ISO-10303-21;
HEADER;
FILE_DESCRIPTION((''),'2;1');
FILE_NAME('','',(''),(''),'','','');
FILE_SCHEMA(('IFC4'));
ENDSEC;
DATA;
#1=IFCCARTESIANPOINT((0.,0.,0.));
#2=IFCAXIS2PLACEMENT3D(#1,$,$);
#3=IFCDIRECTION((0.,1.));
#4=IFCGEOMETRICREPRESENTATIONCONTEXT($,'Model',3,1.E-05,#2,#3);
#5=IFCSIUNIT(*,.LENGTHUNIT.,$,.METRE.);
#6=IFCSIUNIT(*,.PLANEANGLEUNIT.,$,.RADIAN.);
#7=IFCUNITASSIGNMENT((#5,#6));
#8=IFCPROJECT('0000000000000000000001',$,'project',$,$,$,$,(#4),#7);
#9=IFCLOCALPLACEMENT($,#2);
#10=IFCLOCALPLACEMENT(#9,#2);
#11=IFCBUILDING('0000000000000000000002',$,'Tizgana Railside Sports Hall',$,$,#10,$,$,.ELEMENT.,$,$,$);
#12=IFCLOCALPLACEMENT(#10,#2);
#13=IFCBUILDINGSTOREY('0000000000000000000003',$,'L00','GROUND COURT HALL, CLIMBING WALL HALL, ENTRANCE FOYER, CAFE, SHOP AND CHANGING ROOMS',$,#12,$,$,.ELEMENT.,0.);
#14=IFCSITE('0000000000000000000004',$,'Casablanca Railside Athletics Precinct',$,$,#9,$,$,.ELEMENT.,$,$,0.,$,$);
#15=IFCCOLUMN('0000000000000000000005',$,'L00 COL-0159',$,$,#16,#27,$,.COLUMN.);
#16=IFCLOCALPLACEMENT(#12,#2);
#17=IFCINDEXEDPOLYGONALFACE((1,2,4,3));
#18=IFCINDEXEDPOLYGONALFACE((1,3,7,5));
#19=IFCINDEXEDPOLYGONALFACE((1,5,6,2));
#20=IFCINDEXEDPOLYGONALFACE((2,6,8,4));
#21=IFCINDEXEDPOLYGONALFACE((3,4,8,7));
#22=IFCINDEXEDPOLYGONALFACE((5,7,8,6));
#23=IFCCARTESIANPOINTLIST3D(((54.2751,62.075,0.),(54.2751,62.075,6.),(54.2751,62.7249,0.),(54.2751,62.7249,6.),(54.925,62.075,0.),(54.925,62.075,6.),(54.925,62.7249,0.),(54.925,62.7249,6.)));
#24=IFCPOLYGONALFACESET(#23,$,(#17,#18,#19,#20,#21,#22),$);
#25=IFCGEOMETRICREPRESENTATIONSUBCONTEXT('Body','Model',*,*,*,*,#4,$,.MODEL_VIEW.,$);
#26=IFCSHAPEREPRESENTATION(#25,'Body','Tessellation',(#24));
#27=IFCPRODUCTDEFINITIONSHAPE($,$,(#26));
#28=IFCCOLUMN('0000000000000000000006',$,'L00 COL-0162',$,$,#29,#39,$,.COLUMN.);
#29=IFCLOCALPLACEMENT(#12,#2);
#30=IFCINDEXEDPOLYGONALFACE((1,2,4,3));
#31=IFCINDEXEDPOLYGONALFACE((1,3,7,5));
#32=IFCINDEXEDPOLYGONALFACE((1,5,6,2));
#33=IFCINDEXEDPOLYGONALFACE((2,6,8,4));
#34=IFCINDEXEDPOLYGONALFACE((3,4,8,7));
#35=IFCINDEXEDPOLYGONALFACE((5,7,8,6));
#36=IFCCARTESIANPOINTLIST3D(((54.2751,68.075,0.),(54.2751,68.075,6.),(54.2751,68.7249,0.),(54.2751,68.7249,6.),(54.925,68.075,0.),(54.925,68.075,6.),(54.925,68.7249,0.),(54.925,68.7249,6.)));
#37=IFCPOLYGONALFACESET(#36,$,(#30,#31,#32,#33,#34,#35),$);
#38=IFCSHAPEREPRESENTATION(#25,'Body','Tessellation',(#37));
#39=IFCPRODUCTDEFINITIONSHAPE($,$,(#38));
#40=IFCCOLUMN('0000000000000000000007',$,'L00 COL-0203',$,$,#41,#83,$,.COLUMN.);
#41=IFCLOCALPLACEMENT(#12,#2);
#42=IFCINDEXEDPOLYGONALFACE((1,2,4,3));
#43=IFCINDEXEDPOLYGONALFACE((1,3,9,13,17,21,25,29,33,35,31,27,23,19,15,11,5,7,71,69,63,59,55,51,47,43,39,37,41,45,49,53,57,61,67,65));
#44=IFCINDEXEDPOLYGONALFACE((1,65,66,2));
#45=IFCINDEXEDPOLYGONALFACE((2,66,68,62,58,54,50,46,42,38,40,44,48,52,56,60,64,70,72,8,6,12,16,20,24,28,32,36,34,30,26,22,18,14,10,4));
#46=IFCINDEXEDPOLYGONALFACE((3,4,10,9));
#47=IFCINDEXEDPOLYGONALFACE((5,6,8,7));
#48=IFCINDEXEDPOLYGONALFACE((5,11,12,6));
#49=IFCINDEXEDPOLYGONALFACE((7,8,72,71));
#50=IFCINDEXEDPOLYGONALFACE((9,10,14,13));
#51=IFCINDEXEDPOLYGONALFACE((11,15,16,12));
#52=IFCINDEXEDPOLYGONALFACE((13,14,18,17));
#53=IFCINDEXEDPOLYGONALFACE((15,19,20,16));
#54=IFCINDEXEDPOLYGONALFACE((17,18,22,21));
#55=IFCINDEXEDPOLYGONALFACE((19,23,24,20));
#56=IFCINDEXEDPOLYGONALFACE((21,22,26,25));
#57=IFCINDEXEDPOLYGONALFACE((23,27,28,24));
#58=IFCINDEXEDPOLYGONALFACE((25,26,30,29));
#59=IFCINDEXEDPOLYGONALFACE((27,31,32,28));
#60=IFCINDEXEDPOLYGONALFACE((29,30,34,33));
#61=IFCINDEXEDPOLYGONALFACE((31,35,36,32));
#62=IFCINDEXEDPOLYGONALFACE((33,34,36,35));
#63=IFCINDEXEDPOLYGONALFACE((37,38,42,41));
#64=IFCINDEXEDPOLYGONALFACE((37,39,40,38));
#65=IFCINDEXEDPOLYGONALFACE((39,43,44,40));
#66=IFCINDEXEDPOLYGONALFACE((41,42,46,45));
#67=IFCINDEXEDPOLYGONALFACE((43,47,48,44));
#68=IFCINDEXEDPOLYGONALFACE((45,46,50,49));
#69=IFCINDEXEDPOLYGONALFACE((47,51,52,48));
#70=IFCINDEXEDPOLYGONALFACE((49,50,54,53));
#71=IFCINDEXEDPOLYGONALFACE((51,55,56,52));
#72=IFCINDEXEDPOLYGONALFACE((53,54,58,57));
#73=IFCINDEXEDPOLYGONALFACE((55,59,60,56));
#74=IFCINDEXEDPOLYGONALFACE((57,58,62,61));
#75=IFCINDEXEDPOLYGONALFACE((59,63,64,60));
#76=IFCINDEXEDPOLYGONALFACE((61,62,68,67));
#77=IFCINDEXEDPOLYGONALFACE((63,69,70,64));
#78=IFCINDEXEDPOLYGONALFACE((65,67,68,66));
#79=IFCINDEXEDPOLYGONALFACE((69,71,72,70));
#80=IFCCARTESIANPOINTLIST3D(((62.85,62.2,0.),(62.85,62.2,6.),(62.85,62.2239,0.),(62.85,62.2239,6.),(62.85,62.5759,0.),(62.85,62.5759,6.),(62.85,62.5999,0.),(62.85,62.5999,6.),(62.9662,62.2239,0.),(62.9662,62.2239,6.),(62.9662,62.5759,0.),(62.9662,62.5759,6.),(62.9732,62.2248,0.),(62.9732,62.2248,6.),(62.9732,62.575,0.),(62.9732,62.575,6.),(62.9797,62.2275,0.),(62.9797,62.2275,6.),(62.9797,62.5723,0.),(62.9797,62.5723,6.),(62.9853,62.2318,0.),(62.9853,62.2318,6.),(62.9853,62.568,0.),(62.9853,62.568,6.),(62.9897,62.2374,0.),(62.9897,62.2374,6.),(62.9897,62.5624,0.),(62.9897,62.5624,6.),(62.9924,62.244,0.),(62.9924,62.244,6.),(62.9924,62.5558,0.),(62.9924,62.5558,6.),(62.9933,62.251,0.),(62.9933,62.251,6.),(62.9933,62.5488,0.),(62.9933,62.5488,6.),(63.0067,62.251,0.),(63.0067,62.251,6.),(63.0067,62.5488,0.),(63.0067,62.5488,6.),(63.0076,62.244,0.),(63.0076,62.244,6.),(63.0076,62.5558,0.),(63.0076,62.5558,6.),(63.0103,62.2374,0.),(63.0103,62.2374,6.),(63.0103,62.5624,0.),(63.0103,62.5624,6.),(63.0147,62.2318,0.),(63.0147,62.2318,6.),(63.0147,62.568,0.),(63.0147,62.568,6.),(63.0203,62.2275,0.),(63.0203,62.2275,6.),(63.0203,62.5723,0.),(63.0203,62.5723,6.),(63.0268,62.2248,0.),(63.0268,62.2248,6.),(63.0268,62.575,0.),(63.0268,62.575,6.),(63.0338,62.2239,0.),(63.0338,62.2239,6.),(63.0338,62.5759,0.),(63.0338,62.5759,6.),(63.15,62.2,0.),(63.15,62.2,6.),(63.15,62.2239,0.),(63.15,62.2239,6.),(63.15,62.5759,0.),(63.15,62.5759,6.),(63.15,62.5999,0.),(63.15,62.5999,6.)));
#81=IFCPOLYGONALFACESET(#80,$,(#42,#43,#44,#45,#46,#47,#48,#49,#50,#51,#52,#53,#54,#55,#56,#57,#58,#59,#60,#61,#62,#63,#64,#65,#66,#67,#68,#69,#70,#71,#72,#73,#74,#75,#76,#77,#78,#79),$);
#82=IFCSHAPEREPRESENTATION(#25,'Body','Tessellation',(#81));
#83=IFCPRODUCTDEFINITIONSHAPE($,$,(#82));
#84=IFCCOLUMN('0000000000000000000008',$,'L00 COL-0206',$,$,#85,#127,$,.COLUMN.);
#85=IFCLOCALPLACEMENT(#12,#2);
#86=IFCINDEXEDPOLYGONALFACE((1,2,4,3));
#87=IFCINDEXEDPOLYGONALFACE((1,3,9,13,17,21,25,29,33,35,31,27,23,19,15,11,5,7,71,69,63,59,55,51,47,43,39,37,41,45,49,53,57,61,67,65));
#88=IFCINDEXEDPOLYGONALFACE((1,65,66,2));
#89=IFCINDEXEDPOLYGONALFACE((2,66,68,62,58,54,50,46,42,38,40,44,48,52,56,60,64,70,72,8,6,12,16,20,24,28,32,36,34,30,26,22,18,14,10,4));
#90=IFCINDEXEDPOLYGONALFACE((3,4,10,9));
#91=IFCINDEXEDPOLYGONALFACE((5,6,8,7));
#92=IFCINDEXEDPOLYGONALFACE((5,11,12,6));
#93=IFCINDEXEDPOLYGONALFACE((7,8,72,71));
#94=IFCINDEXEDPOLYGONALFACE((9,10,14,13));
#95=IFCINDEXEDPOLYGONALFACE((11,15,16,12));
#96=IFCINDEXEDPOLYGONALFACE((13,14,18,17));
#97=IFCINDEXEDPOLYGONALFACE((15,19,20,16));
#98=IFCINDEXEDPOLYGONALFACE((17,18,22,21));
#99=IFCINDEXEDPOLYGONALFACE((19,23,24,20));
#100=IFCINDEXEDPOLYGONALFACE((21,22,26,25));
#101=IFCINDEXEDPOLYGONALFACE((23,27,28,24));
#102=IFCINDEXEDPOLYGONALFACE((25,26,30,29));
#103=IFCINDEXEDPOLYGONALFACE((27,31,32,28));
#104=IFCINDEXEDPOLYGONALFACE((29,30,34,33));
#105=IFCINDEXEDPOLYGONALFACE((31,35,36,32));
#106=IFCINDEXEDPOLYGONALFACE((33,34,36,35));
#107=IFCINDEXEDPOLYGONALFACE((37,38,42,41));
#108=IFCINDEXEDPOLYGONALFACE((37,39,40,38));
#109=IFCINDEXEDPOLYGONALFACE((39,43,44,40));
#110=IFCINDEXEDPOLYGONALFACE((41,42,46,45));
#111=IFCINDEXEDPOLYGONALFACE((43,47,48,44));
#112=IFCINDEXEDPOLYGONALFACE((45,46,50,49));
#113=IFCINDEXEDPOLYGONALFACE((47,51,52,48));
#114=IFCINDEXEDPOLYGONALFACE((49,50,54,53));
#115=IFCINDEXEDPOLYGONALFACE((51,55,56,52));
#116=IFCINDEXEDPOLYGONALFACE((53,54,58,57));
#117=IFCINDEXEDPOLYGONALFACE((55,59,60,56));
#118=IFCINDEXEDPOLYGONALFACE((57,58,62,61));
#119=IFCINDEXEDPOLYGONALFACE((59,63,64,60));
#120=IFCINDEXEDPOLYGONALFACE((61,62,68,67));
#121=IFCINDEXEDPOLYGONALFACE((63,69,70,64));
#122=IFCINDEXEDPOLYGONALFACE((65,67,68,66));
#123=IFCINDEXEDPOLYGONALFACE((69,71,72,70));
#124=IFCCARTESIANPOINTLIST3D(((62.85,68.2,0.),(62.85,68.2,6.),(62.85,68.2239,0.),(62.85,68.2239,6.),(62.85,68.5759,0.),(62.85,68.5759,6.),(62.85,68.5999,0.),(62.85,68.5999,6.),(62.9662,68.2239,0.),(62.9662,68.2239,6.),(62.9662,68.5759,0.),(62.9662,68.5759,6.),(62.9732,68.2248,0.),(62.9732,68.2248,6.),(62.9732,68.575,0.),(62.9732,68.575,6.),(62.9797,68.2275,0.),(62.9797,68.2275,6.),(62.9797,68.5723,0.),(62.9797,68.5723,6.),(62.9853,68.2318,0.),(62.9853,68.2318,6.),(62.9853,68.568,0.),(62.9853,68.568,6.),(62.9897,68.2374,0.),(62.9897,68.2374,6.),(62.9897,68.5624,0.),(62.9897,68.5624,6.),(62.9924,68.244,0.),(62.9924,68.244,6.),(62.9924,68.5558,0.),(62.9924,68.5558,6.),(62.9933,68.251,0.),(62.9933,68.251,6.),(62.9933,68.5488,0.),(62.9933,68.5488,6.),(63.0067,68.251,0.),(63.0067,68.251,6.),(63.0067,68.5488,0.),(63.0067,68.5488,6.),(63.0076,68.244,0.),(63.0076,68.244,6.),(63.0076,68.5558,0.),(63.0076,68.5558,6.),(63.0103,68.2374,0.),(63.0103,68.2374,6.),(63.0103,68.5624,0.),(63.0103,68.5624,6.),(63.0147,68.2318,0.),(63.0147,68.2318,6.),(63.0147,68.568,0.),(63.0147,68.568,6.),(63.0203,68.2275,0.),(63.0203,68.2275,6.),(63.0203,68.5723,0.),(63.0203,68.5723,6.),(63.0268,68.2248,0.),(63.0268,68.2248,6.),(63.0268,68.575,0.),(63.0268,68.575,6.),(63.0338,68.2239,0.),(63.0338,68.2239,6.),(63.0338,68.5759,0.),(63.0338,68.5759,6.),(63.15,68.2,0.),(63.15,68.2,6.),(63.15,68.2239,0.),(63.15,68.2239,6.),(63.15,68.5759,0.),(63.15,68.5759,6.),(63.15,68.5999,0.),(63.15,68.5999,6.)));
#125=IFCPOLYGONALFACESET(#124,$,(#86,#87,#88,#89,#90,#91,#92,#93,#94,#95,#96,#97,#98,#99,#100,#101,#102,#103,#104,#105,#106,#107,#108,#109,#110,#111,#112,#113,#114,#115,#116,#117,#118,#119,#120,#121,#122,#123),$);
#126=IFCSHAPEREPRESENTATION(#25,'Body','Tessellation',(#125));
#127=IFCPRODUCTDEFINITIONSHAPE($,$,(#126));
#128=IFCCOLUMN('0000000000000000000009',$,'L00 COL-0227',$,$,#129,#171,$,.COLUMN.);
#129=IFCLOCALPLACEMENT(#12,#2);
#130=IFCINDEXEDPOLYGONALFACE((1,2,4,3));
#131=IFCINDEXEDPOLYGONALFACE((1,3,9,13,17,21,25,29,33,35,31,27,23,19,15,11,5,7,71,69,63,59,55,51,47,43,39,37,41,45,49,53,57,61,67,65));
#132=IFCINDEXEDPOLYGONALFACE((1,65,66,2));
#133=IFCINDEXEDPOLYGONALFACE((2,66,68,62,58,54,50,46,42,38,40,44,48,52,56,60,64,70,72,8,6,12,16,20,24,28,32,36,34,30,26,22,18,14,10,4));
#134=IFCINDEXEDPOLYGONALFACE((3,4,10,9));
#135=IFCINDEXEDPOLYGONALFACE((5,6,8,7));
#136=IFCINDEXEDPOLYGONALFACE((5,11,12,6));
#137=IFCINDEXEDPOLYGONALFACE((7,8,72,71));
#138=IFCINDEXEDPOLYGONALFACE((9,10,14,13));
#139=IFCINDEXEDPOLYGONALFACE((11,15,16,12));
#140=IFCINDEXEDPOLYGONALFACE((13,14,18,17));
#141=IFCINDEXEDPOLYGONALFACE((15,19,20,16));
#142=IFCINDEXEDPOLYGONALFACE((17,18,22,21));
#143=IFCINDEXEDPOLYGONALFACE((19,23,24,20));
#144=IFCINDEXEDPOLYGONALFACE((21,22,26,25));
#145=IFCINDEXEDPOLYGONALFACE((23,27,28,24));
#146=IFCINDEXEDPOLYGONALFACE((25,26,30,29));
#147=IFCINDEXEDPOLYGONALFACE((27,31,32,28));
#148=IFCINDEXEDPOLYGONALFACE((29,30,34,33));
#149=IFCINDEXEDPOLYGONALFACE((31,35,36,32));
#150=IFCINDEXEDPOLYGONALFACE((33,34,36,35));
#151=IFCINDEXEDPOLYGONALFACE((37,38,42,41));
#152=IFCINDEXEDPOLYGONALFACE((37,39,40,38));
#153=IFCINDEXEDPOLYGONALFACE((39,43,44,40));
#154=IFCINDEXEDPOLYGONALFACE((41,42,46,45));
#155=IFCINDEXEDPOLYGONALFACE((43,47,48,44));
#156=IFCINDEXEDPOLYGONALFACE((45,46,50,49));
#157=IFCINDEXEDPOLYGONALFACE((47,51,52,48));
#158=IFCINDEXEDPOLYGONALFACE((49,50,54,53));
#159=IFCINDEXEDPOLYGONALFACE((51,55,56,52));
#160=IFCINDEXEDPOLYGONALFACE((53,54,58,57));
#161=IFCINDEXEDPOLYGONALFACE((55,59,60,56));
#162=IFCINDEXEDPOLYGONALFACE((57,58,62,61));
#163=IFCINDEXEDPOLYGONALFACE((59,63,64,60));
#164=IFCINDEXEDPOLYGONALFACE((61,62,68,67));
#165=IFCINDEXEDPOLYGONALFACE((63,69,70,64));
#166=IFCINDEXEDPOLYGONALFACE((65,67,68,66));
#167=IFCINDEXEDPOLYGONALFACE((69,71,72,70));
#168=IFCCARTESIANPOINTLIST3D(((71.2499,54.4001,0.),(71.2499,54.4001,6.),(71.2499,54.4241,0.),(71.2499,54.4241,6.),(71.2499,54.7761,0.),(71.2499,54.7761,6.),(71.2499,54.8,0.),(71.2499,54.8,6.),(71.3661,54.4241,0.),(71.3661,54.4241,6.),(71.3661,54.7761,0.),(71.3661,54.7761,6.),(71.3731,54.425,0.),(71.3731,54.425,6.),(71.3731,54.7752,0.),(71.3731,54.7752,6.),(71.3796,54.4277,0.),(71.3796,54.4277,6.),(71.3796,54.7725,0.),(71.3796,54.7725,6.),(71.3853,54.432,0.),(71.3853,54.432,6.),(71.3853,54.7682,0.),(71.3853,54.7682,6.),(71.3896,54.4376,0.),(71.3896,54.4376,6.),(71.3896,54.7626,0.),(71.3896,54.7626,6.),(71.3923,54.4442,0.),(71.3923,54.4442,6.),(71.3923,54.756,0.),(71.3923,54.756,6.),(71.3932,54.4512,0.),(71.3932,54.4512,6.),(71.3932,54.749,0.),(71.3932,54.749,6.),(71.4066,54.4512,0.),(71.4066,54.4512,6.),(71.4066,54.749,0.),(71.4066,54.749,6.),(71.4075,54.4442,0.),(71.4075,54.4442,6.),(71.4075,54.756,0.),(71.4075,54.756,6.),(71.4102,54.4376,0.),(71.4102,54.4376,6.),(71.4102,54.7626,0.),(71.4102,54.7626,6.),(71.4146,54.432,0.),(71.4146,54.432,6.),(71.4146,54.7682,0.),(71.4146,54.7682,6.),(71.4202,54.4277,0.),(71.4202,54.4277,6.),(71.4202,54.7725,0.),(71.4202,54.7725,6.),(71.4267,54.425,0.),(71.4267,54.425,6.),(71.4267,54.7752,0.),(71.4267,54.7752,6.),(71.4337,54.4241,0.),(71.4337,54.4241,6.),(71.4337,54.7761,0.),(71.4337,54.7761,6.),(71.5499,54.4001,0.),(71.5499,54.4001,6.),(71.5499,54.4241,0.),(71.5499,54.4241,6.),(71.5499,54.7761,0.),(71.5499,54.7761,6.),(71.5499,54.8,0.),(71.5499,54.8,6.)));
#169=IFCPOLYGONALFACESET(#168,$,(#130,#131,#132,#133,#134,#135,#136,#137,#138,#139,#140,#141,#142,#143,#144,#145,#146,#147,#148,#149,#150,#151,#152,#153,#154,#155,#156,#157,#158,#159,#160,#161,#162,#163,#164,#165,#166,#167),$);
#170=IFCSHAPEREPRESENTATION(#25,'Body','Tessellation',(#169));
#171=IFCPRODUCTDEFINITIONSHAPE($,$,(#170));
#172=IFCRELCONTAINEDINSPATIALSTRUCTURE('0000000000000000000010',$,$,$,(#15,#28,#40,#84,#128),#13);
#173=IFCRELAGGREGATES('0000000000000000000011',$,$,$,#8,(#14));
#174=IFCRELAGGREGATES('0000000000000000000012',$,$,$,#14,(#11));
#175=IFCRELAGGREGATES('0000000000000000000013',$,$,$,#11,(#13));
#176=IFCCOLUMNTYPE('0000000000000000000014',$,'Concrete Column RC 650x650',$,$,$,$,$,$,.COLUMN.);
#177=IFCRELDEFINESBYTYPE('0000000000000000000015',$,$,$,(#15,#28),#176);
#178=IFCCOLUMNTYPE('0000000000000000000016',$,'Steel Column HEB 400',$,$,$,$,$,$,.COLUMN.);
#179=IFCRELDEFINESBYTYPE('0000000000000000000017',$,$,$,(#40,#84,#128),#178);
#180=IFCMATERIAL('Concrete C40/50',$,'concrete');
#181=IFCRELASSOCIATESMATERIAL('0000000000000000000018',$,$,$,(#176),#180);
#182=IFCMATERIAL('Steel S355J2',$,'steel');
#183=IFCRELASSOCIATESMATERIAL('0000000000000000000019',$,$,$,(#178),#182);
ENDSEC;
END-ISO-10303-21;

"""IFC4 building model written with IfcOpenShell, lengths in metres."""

from ifc_helpers import new_model, si_unit, direction, frame, origin, origin_2d, place, context, subcontext, project, spatial, rectangle, i_section, extrude, material, material_profile, profile_set, type_object, element, save


model = new_model("IFC4")

# Units and contexts
model_context = context("Model", 3, precision=1e-05, world=origin(), true_north=direction((0.0, 1.0)))
body_context = subcontext(model_context, "Body", "Model", "MODEL_VIEW")
ifc_project = project(units=[si_unit("LENGTHUNIT", "METRE"), si_unit("PLANEANGLEUNIT", "RADIAN")], contexts=[model_context])

# Site, building, storey
site_placement = place(None, origin())
site = spatial("IfcSite", under=ifc_project, at=site_placement, Name="Casablanca Railside Athletics Precinct", CompositionType="ELEMENT", RefElevation=0.0)
building_placement = place(site_placement, origin())
building = spatial("IfcBuilding", under=site, at=building_placement, Name="Tizgana Railside Sports Hall", CompositionType="ELEMENT")
storey_placement = place(building_placement, origin())
storey = spatial("IfcBuildingStorey", under=building, at=storey_placement, Name="L00", Description="GROUND COURT HALL, CLIMBING WALL HALL, ENTRANCE FOYER, CAFE, SHOP AND CHANGING ROOMS", CompositionType="ELEMENT", Elevation=0.0)

# Columns
ifc_material_1 = material(Name="Concrete C40/50", Category="concrete")
ifc_material_profile_1 = material_profile(ifc_material_1, rectangle(XDim=0.6499, YDim=0.6499, at=origin_2d()), Name="RC 650x650")
ifc_profile_set_1 = profile_set([ifc_material_profile_1], Name="Concrete C40/50")
column_type_1 = type_object("IfcColumnType", Name="Concrete Column RC 650x650", PredefinedType="COLUMN", material=ifc_profile_set_1)
for number, where, z_axis, x_axis, name in (
    (1, (54.6001, 62.3999, 0.0), (0.0, 0.0, 1.0), (1.0, 0.0, 0.0), "L00 COL-0159"),
    (2, (54.6001, 68.3999, 0.0), (0.0, 0.0, 1.0), (1.0, 0.0, 0.0), "L00 COL-0162"),
):
    element("IfcColumn", number, at=place(storey_placement, frame(where, z_axis=z_axis, x_axis=x_axis)), inside=storey, type_object=column_type_1, Name=name, PredefinedType="COLUMN", context=body_context, shape_type="SweptSolid", body=[
        extrude(rectangle(XDim=0.6499, YDim=0.6499, at=origin_2d()), origin(), (0.0, 0.0, 1.0), 6.0),
    ])
ifc_material_2 = material(Name="Steel S355J2", Category="steel")
ifc_material_profile_2 = material_profile(ifc_material_2, i_section(OverallWidth=0.3, OverallDepth=0.3999, WebThickness=0.0134, FlangeThickness=0.0239, FilletRadius=0.0271, at=origin_2d()), Name="HEB 400")
ifc_profile_set_2 = profile_set([ifc_material_profile_2], Name="Steel S355J2")
column_type_2 = type_object("IfcColumnType", Name="Steel Column HEB 400", PredefinedType="COLUMN", material=ifc_profile_set_2)
for number, where, z_axis, x_axis, name in (
    (3, (63.0, 62.3999, 0.0), (0.0, 0.0, 1.0), (1.0, 0.0, 0.0), "L00 COL-0203"),
    (4, (63.0, 68.3999, 0.0), (0.0, 0.0, 1.0), (1.0, 0.0, 0.0), "L00 COL-0206"),
    (5, (71.3999, 54.6001, 0.0), (0.0, 0.0, 1.0), (1.0, 0.0, 0.0), "L00 COL-0227"),
):
    element("IfcColumn", number, at=place(storey_placement, frame(where, z_axis=z_axis, x_axis=x_axis)), inside=storey, type_object=column_type_2, Name=name, PredefinedType="COLUMN", context=body_context, shape_type="SweptSolid", body=[
        extrude(i_section(OverallWidth=0.3, OverallDepth=0.3999, WebThickness=0.0134, FlangeThickness=0.0239, FilletRadius=0.0271, at=origin_2d()), origin(), (0.0, 0.0, 1.0), 6.0),
    ])

save(model, "model.ifc")
